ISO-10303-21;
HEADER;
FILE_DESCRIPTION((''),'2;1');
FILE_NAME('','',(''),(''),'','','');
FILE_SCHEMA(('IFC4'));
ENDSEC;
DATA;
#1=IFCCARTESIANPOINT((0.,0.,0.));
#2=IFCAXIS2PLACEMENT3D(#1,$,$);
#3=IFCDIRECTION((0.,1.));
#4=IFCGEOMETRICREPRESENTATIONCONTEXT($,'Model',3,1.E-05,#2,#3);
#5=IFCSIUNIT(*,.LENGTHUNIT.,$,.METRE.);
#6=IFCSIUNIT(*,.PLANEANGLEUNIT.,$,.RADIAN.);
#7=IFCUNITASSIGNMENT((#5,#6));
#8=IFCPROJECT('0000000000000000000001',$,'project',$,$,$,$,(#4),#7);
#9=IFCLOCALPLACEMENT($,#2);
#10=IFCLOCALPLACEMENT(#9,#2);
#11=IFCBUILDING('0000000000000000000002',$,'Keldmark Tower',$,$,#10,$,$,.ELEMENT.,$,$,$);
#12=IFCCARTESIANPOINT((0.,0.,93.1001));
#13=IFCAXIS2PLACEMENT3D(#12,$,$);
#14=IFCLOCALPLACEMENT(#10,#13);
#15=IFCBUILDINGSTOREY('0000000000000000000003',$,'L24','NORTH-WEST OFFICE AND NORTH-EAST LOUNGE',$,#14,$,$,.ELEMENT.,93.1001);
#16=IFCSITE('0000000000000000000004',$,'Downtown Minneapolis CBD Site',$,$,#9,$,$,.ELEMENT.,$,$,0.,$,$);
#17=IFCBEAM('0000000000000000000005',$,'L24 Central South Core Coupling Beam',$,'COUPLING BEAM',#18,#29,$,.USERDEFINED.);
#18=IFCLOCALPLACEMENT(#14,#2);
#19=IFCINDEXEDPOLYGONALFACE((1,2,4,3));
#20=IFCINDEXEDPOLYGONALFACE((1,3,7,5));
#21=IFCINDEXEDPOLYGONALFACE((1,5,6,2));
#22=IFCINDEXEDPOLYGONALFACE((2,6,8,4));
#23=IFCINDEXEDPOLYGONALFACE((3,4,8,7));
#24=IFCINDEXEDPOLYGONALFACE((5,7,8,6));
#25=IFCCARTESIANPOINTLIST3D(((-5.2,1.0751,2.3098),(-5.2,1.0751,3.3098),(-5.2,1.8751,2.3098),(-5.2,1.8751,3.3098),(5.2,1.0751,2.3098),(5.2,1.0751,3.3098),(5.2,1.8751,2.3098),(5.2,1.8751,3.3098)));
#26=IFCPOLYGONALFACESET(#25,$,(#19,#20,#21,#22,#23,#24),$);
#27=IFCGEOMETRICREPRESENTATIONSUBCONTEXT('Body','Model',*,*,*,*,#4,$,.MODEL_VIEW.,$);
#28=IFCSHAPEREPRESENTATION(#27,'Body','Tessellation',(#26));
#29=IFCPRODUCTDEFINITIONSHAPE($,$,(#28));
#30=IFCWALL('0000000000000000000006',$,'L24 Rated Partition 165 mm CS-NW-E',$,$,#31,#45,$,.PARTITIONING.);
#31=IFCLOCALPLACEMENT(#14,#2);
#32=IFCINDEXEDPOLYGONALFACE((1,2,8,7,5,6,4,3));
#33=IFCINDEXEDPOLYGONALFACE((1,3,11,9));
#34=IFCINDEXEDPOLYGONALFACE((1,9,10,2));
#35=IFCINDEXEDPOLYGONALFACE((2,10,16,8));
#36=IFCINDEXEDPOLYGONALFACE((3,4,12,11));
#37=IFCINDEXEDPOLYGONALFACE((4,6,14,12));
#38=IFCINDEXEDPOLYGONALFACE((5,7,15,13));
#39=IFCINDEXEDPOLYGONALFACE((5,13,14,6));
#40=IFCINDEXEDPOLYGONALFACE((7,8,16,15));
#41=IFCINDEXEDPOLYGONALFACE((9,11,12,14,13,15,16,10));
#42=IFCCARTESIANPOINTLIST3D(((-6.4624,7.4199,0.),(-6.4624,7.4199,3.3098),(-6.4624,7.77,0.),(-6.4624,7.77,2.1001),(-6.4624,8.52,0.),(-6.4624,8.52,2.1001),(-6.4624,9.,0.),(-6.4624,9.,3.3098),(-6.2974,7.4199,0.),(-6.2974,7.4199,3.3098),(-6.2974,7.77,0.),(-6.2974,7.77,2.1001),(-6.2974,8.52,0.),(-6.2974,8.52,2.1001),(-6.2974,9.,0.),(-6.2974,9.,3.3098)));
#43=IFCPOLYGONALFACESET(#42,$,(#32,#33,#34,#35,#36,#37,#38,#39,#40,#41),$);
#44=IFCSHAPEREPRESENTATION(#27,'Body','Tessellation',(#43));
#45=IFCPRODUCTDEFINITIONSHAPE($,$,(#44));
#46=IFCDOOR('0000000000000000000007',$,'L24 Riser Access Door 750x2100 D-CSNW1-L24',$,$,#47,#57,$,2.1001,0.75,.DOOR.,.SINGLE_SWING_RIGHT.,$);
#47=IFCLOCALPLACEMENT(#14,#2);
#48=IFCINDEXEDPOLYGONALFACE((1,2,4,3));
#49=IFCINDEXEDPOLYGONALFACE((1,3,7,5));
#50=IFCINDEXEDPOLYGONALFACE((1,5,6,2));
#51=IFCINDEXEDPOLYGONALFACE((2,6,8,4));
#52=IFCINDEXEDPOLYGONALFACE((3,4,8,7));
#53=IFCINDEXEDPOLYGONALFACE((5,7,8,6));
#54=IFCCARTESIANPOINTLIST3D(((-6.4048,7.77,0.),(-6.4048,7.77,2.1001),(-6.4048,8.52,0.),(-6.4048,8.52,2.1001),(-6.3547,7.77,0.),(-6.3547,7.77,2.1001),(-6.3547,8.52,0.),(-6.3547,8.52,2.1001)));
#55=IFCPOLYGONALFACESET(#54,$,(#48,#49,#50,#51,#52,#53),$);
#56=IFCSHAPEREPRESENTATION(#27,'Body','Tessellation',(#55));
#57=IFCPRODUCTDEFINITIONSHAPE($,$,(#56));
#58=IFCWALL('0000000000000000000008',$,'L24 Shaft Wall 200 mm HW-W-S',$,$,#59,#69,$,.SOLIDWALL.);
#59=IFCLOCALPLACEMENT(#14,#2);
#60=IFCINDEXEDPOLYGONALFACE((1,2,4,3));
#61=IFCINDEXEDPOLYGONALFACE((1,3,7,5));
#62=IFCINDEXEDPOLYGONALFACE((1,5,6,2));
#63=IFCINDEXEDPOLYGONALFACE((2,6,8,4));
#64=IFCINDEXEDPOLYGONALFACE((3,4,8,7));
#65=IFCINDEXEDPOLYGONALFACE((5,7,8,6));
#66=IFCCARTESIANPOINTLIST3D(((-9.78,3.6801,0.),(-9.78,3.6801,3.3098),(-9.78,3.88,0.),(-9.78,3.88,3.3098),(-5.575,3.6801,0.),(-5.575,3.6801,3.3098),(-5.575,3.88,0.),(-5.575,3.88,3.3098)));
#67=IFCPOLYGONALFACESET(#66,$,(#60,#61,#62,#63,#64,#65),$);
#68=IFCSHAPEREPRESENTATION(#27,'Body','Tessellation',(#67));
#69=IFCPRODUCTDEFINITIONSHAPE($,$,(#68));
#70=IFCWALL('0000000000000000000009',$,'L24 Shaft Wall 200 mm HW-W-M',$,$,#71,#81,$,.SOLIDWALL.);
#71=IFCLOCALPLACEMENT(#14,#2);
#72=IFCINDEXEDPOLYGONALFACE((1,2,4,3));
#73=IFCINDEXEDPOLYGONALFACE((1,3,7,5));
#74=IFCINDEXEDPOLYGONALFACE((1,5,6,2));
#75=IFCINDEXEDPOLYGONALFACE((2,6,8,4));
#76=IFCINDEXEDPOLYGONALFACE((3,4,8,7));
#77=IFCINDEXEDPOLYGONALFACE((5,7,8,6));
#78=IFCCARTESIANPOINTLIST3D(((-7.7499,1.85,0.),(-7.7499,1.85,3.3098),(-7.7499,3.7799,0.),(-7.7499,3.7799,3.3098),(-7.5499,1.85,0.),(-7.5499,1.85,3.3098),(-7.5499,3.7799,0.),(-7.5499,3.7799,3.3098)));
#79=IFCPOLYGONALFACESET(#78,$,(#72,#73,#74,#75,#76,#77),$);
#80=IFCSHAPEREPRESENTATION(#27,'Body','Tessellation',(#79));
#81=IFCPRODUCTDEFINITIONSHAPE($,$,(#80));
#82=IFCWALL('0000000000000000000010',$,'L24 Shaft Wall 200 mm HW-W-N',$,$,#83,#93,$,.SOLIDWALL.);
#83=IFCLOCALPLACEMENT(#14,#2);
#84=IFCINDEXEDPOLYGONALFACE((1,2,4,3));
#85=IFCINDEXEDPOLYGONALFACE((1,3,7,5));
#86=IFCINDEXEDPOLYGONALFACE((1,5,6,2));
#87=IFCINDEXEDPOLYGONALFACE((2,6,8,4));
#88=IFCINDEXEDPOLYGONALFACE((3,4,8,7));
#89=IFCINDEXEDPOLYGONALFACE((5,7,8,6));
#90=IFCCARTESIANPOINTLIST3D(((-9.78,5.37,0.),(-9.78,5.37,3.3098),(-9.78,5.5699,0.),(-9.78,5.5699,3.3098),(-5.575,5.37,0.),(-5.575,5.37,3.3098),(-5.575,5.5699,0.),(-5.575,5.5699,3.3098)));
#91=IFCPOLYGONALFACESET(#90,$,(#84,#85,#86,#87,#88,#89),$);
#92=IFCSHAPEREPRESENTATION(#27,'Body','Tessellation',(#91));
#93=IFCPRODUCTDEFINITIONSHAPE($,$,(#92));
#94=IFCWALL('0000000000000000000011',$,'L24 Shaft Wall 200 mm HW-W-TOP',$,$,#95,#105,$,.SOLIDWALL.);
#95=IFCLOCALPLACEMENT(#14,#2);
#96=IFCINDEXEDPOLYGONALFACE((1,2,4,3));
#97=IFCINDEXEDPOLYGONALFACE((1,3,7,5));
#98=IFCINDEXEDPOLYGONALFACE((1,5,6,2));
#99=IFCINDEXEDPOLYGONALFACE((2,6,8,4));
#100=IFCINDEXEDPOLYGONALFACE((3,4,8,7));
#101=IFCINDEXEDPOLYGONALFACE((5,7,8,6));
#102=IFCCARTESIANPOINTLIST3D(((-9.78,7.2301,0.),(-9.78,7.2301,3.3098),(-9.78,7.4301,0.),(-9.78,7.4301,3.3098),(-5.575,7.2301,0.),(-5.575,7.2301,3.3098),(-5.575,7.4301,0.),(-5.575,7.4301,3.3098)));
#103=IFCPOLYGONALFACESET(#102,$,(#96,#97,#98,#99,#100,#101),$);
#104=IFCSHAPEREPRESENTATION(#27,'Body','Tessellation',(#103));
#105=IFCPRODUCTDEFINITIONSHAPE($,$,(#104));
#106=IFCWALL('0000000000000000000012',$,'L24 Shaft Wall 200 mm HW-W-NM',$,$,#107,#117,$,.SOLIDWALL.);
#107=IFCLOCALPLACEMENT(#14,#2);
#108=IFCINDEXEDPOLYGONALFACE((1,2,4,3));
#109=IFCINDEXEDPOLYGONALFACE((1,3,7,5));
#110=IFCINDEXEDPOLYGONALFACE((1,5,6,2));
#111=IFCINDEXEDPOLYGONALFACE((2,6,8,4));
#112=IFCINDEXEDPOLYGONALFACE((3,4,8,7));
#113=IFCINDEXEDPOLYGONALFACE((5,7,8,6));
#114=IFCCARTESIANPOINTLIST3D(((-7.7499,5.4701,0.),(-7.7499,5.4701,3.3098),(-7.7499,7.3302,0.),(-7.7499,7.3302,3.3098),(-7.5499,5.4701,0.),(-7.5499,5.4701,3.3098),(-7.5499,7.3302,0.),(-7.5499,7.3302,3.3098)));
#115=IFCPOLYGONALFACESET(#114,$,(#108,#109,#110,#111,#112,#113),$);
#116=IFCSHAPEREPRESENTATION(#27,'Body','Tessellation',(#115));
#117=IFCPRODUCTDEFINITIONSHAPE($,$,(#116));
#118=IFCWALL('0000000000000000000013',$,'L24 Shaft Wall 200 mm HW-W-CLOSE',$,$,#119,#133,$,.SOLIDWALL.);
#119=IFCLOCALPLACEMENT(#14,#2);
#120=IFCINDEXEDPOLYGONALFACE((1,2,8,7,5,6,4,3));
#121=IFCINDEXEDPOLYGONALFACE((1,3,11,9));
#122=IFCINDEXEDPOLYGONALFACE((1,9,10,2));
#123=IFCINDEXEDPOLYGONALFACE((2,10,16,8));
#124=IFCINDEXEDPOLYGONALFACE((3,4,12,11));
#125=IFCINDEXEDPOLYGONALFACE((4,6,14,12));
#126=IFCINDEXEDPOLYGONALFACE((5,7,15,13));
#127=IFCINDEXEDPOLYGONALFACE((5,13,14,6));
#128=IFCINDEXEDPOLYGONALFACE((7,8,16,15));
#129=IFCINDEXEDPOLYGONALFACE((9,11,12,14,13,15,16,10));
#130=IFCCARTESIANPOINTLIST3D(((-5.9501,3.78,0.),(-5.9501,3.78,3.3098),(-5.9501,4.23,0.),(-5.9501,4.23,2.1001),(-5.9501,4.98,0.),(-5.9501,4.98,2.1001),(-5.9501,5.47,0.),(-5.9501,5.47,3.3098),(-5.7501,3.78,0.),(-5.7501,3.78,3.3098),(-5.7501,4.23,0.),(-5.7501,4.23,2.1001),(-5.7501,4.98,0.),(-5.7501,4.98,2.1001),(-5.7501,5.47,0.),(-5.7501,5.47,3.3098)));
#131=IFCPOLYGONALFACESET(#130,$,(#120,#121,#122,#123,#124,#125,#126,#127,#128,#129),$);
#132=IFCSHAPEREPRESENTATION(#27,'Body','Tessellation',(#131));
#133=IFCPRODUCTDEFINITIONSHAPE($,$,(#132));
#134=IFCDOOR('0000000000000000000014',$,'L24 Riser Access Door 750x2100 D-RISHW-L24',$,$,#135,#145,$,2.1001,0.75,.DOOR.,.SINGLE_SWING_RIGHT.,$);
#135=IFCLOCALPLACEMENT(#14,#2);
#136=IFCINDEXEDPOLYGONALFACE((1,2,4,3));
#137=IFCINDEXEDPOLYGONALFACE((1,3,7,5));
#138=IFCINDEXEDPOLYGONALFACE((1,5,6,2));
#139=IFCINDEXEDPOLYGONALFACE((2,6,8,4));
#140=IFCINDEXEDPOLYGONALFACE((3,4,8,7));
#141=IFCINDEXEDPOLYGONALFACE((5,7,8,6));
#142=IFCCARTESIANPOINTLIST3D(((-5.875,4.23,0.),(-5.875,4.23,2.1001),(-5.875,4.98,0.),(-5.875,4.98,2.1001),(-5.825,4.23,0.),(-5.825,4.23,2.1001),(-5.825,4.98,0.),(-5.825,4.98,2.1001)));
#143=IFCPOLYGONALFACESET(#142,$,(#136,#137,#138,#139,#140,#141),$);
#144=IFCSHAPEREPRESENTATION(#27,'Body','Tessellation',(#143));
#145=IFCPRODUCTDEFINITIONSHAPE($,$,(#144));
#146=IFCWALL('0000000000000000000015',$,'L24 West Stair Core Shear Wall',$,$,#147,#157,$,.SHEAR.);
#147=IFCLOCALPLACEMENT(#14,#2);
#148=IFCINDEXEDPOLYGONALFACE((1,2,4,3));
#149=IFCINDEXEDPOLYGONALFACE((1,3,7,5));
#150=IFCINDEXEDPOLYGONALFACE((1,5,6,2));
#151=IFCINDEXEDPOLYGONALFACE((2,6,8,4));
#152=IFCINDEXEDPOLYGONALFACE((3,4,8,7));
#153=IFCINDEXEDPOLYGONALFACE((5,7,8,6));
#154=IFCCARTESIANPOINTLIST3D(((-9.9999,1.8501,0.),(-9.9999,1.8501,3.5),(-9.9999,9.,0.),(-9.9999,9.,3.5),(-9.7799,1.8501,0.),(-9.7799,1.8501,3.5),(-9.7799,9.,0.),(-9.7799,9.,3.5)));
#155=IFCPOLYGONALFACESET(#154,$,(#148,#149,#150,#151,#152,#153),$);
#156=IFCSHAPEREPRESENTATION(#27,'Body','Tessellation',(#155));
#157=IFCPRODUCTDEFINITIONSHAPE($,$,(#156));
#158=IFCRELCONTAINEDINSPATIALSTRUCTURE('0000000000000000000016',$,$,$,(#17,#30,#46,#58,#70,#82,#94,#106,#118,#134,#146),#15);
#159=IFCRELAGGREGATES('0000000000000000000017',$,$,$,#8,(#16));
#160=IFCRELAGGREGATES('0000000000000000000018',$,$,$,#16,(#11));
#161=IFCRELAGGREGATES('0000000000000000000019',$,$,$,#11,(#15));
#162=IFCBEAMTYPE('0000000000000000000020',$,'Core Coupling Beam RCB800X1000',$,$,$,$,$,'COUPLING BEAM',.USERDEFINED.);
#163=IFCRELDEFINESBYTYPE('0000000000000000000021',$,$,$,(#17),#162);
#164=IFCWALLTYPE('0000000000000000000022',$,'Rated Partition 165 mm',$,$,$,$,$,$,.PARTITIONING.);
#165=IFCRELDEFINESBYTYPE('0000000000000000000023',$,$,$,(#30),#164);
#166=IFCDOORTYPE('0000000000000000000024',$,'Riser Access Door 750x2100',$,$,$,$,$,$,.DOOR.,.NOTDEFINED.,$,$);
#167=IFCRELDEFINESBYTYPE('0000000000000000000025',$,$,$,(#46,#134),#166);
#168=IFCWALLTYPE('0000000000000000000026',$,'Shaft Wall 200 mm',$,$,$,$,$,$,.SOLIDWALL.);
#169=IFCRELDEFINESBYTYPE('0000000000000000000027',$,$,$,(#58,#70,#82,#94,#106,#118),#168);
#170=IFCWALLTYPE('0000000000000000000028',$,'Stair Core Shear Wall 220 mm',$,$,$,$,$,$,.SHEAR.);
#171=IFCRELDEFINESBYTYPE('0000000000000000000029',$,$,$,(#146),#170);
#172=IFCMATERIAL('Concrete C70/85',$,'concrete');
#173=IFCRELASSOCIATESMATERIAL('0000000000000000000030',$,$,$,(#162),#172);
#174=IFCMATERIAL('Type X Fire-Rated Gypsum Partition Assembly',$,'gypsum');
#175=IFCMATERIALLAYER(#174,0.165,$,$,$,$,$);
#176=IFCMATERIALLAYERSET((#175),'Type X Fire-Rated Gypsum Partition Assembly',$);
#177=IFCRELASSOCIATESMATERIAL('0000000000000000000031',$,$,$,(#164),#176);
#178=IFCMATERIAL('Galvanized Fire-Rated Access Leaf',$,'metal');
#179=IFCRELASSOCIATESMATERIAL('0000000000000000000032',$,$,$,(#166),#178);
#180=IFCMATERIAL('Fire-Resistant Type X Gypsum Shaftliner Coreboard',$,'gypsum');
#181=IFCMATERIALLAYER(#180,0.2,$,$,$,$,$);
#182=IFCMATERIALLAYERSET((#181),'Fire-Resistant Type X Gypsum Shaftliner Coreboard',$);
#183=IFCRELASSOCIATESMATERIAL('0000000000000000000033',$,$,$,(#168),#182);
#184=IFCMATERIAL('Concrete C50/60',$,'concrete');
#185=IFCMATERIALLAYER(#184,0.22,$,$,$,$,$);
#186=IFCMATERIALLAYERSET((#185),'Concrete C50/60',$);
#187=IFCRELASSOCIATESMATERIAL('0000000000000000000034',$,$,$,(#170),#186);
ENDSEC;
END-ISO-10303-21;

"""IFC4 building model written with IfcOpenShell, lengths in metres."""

from ifc_helpers import new_model, si_unit, direction, frame, frame_2d, origin, origin_2d, place, context, subcontext, project, spatial, rectangle, extrude, material, layer, layer_set, material_profile, profile_set, type_object, element, fill, save


model = new_model("IFC4")

# Units and contexts
model_context = context("Model", 3, precision=1e-05, world=origin(), true_north=direction((0.0, 1.0)))
body_context = subcontext(model_context, "Body", "Model", "MODEL_VIEW")
ifc_project = project(units=[si_unit("LENGTHUNIT", "METRE"), si_unit("PLANEANGLEUNIT", "RADIAN")], contexts=[model_context])

# Site, building, storey
site_placement = place(None, origin())
site = spatial("IfcSite", under=ifc_project, at=site_placement, Name="Downtown Minneapolis CBD Site", CompositionType="ELEMENT", RefElevation=0.0)
building_placement = place(site_placement, origin())
building = spatial("IfcBuilding", under=site, at=building_placement, Name="Keldmark Tower", CompositionType="ELEMENT")
storey_placement = place(building_placement, frame((0.0, 0.0, 93.1001)))
storey = spatial("IfcBuildingStorey", under=building, at=storey_placement, Name="L24", Description="NORTH-WEST OFFICE AND NORTH-EAST LOUNGE", CompositionType="ELEMENT", Elevation=93.1001)

# Beam
ifc_material_1 = material(Name="Concrete C70/85", Category="concrete")
ifc_material_profile = material_profile(ifc_material_1, rectangle(XDim=0.8, YDim=1.0, at=origin_2d()), Name="RCB800X1000")
ifc_profile_set = profile_set([ifc_material_profile], Name="Concrete C70/85")
beam_type = type_object("IfcBeamType", Name="Core Coupling Beam RCB800X1000", ElementType="COUPLING BEAM", PredefinedType="USERDEFINED", material=ifc_profile_set)
beam_placement = place(storey_placement, frame((-5.2, 1.4751, 2.8098), z_axis=(1.0, 0.0, 0.0), x_axis=(0.0, 1.0, 0.0)))
element("IfcBeam", 1, at=beam_placement, inside=storey, type_object=beam_type, Name="L24 Central South Core Coupling Beam", ObjectType="COUPLING BEAM", PredefinedType="USERDEFINED", context=body_context, shape_type="SweptSolid", body=[
    extrude(rectangle(XDim=0.8, YDim=1.0, at=origin_2d()), origin(), (0.0, 0.0, 1.0), 10.3999),
])

# Wall, opening, door
ifc_material_2 = material(Name="Type X Fire-Rated Gypsum Partition Assembly", Category="gypsum")
ifc_layer_1 = layer(ifc_material_2, 0.165)
ifc_layer_set_1 = layer_set([ifc_layer_1], Name="Type X Fire-Rated Gypsum Partition Assembly")
wall_type_1 = type_object("IfcWallType", Name="Rated Partition 165 mm", PredefinedType="PARTITIONING", material=ifc_layer_set_1)
wall_1_placement = place(storey_placement, frame((-6.3799, 7.4199, 0.0), z_axis=(0.0, 0.0, 1.0), x_axis=(0.0, 1.0, 0.0)))
wall_1 = element("IfcWall", 2, at=wall_1_placement, inside=storey, type_object=wall_type_1, Name="L24 Rated Partition 165 mm CS-NW-E", PredefinedType="PARTITIONING", context=body_context, shape_type="SweptSolid", body=[
    extrude(rectangle(XDim=1.5801, YDim=0.165, at=frame_2d((0.79, 0.0))), origin(), (0.0, 0.0, 1.0), 3.3098),
])
opening_1_placement = place(wall_1_placement, frame((0.3501, 0.0, 0.0)))
opening_1 = element("IfcOpeningElement", 3, at=opening_1_placement, cuts=wall_1, PredefinedType="OPENING", context=body_context, shape_type="SweptSolid", body=[
    extrude(rectangle(XDim=0.75, YDim=2.1001, at=frame_2d((0.375, 1.05))), frame((0.0, 0.0925, 0.0), z_axis=(0.0, -1.0, 0.0), x_axis=(1.0, 0.0, 0.0)), (0.0, 0.0, 1.0), 0.1851),
])
ifc_material_3 = material(Name="Galvanized Fire-Rated Access Leaf", Category="metal")
door_type = type_object("IfcDoorType", Name="Riser Access Door 750x2100", OperationType="NOTDEFINED", PredefinedType="DOOR", material=ifc_material_3)
door_1_placement = place(opening_1_placement, origin())
door_1 = element("IfcDoor", 4, at=door_1_placement, inside=storey, type_object=door_type, Name="L24 Riser Access Door 750x2100 D-CSNW1-L24", OperationType="SINGLE_SWING_RIGHT", OverallHeight=2.1001, OverallWidth=0.75, PredefinedType="DOOR", context=body_context, shape_type="SweptSolid", body=[
    extrude(rectangle(XDim=0.75, YDim=2.1001, at=frame_2d((0.375, 1.05))), frame((0.0, 0.0249, 0.0), z_axis=(0.0, -1.0, 0.0), x_axis=(1.0, 0.0, 0.0)), (0.0, 0.0, 1.0), 0.05),
])
fill(opening_1, door_1)

# Walls
ifc_material_4 = material(Name="Fire-Resistant Type X Gypsum Shaftliner Coreboard", Category="gypsum")
ifc_layer_2 = layer(ifc_material_4, 0.2)
ifc_layer_set_2 = layer_set([ifc_layer_2], Name="Fire-Resistant Type X Gypsum Shaftliner Coreboard")
wall_type_2 = type_object("IfcWallType", Name="Shaft Wall 200 mm", PredefinedType="SOLIDWALL", material=ifc_layer_set_2)
wall_2_placement = place(storey_placement, frame((-9.78, 3.78, 0.0), z_axis=(0.0, 0.0, 1.0), x_axis=(1.0, 0.0, 0.0)))
element("IfcWall", 5, at=wall_2_placement, inside=storey, type_object=wall_type_2, Name="L24 Shaft Wall 200 mm HW-W-S", PredefinedType="SOLIDWALL", context=body_context, shape_type="SweptSolid", body=[
    extrude(rectangle(XDim=4.2051, YDim=0.2, at=frame_2d((2.1025, 0.0))), origin(), (0.0, 0.0, 1.0), 3.3098),
])
wall_3_placement = place(storey_placement, frame((-7.6499, 1.8501, 0.0), z_axis=(0.0, 0.0, 1.0), x_axis=(0.0, 1.0, 0.0)))
element("IfcWall", 6, at=wall_3_placement, inside=storey, type_object=wall_type_2, Name="L24 Shaft Wall 200 mm HW-W-M", PredefinedType="SOLIDWALL", context=body_context, shape_type="SweptSolid", body=[
    extrude(rectangle(XDim=1.9299, YDim=0.2, at=frame_2d((0.9648, 0.0))), origin(), (0.0, 0.0, 1.0), 3.3098),
])
for number, where, z_axis, x_axis, name in (
    (7, (-9.78, 5.47, 0.0), (0.0, 0.0, 1.0), (1.0, 0.0, 0.0), "L24 Shaft Wall 200 mm HW-W-N"),
    (8, (-9.78, 7.3301, 0.0), (0.0, 0.0, 1.0), (1.0, 0.0, 0.0), "L24 Shaft Wall 200 mm HW-W-TOP"),
):
    element("IfcWall", number, at=place(storey_placement, frame(where, z_axis=z_axis, x_axis=x_axis)), inside=storey, type_object=wall_type_2, Name=name, PredefinedType="SOLIDWALL", context=body_context, shape_type="SweptSolid", body=[
        extrude(rectangle(XDim=4.2051, YDim=0.2, at=frame_2d((2.1025, 0.0))), origin(), (0.0, 0.0, 1.0), 3.3098),
    ])
wall_4_placement = place(storey_placement, frame((-7.6499, 5.47, 0.0), z_axis=(0.0, 0.0, 1.0), x_axis=(0.0, 1.0, 0.0)))
element("IfcWall", 9, at=wall_4_placement, inside=storey, type_object=wall_type_2, Name="L24 Shaft Wall 200 mm HW-W-NM", PredefinedType="SOLIDWALL", context=body_context, shape_type="SweptSolid", body=[
    extrude(rectangle(XDim=1.8601, YDim=0.2, at=frame_2d((0.9302, 0.0))), origin(), (0.0, 0.0, 1.0), 3.3098),
])

# Wall, opening, door
wall_5_placement = place(storey_placement, frame((-5.8501, 3.78, 0.0), z_axis=(0.0, 0.0, 1.0), x_axis=(0.0, 1.0, 0.0)))
wall_5 = element("IfcWall", 10, at=wall_5_placement, inside=storey, type_object=wall_type_2, Name="L24 Shaft Wall 200 mm HW-W-CLOSE", PredefinedType="SOLIDWALL", context=body_context, shape_type="SweptSolid", body=[
    extrude(rectangle(XDim=1.6899, YDim=0.2, at=frame_2d((0.845, 0.0))), origin(), (0.0, 0.0, 1.0), 3.3098),
])
opening_2_placement = place(wall_5_placement, frame((0.45, 0.0, 0.0)))
opening_2 = element("IfcOpeningElement", 11, at=opening_2_placement, cuts=wall_5, PredefinedType="OPENING", context=body_context, shape_type="SweptSolid", body=[
    extrude(rectangle(XDim=0.75, YDim=2.1001, at=frame_2d((0.375, 1.05))), frame((0.0, 0.1099, 0.0), z_axis=(0.0, -1.0, 0.0), x_axis=(1.0, 0.0, 0.0)), (0.0, 0.0, 1.0), 0.22),
])
door_2_placement = place(opening_2_placement, origin())
door_2 = element("IfcDoor", 12, at=door_2_placement, inside=storey, type_object=door_type, Name="L24 Riser Access Door 750x2100 D-RISHW-L24", OperationType="SINGLE_SWING_RIGHT", OverallHeight=2.1001, OverallWidth=0.75, PredefinedType="DOOR", context=body_context, shape_type="SweptSolid", body=[
    extrude(rectangle(XDim=0.75, YDim=2.1001, at=frame_2d((0.375, 1.05))), frame((0.0, 0.0249, 0.0), z_axis=(0.0, -1.0, 0.0), x_axis=(1.0, 0.0, 0.0)), (0.0, 0.0, 1.0), 0.05),
])
fill(opening_2, door_2)

# Wall
ifc_material_5 = material(Name="Concrete C50/60", Category="concrete")
ifc_layer_3 = layer(ifc_material_5, 0.22)
ifc_layer_set_3 = layer_set([ifc_layer_3], Name="Concrete C50/60")
wall_type_3 = type_object("IfcWallType", Name="Stair Core Shear Wall 220 mm", PredefinedType="SHEAR", material=ifc_layer_set_3)
wall_6_placement = place(storey_placement, frame((-9.8899, 1.8501, 0.0), z_axis=(0.0, 0.0, 1.0), x_axis=(0.0, 1.0, 0.0)))
element("IfcWall", 13, at=wall_6_placement, inside=storey, type_object=wall_type_3, Name="L24 West Stair Core Shear Wall", PredefinedType="SHEAR", context=body_context, shape_type="SweptSolid", body=[
    extrude(rectangle(XDim=7.1499, YDim=0.22, at=frame_2d((3.575, 0.0))), origin(), (0.0, 0.0, 1.0), 3.5),
])

save(model, "model.ifc")
